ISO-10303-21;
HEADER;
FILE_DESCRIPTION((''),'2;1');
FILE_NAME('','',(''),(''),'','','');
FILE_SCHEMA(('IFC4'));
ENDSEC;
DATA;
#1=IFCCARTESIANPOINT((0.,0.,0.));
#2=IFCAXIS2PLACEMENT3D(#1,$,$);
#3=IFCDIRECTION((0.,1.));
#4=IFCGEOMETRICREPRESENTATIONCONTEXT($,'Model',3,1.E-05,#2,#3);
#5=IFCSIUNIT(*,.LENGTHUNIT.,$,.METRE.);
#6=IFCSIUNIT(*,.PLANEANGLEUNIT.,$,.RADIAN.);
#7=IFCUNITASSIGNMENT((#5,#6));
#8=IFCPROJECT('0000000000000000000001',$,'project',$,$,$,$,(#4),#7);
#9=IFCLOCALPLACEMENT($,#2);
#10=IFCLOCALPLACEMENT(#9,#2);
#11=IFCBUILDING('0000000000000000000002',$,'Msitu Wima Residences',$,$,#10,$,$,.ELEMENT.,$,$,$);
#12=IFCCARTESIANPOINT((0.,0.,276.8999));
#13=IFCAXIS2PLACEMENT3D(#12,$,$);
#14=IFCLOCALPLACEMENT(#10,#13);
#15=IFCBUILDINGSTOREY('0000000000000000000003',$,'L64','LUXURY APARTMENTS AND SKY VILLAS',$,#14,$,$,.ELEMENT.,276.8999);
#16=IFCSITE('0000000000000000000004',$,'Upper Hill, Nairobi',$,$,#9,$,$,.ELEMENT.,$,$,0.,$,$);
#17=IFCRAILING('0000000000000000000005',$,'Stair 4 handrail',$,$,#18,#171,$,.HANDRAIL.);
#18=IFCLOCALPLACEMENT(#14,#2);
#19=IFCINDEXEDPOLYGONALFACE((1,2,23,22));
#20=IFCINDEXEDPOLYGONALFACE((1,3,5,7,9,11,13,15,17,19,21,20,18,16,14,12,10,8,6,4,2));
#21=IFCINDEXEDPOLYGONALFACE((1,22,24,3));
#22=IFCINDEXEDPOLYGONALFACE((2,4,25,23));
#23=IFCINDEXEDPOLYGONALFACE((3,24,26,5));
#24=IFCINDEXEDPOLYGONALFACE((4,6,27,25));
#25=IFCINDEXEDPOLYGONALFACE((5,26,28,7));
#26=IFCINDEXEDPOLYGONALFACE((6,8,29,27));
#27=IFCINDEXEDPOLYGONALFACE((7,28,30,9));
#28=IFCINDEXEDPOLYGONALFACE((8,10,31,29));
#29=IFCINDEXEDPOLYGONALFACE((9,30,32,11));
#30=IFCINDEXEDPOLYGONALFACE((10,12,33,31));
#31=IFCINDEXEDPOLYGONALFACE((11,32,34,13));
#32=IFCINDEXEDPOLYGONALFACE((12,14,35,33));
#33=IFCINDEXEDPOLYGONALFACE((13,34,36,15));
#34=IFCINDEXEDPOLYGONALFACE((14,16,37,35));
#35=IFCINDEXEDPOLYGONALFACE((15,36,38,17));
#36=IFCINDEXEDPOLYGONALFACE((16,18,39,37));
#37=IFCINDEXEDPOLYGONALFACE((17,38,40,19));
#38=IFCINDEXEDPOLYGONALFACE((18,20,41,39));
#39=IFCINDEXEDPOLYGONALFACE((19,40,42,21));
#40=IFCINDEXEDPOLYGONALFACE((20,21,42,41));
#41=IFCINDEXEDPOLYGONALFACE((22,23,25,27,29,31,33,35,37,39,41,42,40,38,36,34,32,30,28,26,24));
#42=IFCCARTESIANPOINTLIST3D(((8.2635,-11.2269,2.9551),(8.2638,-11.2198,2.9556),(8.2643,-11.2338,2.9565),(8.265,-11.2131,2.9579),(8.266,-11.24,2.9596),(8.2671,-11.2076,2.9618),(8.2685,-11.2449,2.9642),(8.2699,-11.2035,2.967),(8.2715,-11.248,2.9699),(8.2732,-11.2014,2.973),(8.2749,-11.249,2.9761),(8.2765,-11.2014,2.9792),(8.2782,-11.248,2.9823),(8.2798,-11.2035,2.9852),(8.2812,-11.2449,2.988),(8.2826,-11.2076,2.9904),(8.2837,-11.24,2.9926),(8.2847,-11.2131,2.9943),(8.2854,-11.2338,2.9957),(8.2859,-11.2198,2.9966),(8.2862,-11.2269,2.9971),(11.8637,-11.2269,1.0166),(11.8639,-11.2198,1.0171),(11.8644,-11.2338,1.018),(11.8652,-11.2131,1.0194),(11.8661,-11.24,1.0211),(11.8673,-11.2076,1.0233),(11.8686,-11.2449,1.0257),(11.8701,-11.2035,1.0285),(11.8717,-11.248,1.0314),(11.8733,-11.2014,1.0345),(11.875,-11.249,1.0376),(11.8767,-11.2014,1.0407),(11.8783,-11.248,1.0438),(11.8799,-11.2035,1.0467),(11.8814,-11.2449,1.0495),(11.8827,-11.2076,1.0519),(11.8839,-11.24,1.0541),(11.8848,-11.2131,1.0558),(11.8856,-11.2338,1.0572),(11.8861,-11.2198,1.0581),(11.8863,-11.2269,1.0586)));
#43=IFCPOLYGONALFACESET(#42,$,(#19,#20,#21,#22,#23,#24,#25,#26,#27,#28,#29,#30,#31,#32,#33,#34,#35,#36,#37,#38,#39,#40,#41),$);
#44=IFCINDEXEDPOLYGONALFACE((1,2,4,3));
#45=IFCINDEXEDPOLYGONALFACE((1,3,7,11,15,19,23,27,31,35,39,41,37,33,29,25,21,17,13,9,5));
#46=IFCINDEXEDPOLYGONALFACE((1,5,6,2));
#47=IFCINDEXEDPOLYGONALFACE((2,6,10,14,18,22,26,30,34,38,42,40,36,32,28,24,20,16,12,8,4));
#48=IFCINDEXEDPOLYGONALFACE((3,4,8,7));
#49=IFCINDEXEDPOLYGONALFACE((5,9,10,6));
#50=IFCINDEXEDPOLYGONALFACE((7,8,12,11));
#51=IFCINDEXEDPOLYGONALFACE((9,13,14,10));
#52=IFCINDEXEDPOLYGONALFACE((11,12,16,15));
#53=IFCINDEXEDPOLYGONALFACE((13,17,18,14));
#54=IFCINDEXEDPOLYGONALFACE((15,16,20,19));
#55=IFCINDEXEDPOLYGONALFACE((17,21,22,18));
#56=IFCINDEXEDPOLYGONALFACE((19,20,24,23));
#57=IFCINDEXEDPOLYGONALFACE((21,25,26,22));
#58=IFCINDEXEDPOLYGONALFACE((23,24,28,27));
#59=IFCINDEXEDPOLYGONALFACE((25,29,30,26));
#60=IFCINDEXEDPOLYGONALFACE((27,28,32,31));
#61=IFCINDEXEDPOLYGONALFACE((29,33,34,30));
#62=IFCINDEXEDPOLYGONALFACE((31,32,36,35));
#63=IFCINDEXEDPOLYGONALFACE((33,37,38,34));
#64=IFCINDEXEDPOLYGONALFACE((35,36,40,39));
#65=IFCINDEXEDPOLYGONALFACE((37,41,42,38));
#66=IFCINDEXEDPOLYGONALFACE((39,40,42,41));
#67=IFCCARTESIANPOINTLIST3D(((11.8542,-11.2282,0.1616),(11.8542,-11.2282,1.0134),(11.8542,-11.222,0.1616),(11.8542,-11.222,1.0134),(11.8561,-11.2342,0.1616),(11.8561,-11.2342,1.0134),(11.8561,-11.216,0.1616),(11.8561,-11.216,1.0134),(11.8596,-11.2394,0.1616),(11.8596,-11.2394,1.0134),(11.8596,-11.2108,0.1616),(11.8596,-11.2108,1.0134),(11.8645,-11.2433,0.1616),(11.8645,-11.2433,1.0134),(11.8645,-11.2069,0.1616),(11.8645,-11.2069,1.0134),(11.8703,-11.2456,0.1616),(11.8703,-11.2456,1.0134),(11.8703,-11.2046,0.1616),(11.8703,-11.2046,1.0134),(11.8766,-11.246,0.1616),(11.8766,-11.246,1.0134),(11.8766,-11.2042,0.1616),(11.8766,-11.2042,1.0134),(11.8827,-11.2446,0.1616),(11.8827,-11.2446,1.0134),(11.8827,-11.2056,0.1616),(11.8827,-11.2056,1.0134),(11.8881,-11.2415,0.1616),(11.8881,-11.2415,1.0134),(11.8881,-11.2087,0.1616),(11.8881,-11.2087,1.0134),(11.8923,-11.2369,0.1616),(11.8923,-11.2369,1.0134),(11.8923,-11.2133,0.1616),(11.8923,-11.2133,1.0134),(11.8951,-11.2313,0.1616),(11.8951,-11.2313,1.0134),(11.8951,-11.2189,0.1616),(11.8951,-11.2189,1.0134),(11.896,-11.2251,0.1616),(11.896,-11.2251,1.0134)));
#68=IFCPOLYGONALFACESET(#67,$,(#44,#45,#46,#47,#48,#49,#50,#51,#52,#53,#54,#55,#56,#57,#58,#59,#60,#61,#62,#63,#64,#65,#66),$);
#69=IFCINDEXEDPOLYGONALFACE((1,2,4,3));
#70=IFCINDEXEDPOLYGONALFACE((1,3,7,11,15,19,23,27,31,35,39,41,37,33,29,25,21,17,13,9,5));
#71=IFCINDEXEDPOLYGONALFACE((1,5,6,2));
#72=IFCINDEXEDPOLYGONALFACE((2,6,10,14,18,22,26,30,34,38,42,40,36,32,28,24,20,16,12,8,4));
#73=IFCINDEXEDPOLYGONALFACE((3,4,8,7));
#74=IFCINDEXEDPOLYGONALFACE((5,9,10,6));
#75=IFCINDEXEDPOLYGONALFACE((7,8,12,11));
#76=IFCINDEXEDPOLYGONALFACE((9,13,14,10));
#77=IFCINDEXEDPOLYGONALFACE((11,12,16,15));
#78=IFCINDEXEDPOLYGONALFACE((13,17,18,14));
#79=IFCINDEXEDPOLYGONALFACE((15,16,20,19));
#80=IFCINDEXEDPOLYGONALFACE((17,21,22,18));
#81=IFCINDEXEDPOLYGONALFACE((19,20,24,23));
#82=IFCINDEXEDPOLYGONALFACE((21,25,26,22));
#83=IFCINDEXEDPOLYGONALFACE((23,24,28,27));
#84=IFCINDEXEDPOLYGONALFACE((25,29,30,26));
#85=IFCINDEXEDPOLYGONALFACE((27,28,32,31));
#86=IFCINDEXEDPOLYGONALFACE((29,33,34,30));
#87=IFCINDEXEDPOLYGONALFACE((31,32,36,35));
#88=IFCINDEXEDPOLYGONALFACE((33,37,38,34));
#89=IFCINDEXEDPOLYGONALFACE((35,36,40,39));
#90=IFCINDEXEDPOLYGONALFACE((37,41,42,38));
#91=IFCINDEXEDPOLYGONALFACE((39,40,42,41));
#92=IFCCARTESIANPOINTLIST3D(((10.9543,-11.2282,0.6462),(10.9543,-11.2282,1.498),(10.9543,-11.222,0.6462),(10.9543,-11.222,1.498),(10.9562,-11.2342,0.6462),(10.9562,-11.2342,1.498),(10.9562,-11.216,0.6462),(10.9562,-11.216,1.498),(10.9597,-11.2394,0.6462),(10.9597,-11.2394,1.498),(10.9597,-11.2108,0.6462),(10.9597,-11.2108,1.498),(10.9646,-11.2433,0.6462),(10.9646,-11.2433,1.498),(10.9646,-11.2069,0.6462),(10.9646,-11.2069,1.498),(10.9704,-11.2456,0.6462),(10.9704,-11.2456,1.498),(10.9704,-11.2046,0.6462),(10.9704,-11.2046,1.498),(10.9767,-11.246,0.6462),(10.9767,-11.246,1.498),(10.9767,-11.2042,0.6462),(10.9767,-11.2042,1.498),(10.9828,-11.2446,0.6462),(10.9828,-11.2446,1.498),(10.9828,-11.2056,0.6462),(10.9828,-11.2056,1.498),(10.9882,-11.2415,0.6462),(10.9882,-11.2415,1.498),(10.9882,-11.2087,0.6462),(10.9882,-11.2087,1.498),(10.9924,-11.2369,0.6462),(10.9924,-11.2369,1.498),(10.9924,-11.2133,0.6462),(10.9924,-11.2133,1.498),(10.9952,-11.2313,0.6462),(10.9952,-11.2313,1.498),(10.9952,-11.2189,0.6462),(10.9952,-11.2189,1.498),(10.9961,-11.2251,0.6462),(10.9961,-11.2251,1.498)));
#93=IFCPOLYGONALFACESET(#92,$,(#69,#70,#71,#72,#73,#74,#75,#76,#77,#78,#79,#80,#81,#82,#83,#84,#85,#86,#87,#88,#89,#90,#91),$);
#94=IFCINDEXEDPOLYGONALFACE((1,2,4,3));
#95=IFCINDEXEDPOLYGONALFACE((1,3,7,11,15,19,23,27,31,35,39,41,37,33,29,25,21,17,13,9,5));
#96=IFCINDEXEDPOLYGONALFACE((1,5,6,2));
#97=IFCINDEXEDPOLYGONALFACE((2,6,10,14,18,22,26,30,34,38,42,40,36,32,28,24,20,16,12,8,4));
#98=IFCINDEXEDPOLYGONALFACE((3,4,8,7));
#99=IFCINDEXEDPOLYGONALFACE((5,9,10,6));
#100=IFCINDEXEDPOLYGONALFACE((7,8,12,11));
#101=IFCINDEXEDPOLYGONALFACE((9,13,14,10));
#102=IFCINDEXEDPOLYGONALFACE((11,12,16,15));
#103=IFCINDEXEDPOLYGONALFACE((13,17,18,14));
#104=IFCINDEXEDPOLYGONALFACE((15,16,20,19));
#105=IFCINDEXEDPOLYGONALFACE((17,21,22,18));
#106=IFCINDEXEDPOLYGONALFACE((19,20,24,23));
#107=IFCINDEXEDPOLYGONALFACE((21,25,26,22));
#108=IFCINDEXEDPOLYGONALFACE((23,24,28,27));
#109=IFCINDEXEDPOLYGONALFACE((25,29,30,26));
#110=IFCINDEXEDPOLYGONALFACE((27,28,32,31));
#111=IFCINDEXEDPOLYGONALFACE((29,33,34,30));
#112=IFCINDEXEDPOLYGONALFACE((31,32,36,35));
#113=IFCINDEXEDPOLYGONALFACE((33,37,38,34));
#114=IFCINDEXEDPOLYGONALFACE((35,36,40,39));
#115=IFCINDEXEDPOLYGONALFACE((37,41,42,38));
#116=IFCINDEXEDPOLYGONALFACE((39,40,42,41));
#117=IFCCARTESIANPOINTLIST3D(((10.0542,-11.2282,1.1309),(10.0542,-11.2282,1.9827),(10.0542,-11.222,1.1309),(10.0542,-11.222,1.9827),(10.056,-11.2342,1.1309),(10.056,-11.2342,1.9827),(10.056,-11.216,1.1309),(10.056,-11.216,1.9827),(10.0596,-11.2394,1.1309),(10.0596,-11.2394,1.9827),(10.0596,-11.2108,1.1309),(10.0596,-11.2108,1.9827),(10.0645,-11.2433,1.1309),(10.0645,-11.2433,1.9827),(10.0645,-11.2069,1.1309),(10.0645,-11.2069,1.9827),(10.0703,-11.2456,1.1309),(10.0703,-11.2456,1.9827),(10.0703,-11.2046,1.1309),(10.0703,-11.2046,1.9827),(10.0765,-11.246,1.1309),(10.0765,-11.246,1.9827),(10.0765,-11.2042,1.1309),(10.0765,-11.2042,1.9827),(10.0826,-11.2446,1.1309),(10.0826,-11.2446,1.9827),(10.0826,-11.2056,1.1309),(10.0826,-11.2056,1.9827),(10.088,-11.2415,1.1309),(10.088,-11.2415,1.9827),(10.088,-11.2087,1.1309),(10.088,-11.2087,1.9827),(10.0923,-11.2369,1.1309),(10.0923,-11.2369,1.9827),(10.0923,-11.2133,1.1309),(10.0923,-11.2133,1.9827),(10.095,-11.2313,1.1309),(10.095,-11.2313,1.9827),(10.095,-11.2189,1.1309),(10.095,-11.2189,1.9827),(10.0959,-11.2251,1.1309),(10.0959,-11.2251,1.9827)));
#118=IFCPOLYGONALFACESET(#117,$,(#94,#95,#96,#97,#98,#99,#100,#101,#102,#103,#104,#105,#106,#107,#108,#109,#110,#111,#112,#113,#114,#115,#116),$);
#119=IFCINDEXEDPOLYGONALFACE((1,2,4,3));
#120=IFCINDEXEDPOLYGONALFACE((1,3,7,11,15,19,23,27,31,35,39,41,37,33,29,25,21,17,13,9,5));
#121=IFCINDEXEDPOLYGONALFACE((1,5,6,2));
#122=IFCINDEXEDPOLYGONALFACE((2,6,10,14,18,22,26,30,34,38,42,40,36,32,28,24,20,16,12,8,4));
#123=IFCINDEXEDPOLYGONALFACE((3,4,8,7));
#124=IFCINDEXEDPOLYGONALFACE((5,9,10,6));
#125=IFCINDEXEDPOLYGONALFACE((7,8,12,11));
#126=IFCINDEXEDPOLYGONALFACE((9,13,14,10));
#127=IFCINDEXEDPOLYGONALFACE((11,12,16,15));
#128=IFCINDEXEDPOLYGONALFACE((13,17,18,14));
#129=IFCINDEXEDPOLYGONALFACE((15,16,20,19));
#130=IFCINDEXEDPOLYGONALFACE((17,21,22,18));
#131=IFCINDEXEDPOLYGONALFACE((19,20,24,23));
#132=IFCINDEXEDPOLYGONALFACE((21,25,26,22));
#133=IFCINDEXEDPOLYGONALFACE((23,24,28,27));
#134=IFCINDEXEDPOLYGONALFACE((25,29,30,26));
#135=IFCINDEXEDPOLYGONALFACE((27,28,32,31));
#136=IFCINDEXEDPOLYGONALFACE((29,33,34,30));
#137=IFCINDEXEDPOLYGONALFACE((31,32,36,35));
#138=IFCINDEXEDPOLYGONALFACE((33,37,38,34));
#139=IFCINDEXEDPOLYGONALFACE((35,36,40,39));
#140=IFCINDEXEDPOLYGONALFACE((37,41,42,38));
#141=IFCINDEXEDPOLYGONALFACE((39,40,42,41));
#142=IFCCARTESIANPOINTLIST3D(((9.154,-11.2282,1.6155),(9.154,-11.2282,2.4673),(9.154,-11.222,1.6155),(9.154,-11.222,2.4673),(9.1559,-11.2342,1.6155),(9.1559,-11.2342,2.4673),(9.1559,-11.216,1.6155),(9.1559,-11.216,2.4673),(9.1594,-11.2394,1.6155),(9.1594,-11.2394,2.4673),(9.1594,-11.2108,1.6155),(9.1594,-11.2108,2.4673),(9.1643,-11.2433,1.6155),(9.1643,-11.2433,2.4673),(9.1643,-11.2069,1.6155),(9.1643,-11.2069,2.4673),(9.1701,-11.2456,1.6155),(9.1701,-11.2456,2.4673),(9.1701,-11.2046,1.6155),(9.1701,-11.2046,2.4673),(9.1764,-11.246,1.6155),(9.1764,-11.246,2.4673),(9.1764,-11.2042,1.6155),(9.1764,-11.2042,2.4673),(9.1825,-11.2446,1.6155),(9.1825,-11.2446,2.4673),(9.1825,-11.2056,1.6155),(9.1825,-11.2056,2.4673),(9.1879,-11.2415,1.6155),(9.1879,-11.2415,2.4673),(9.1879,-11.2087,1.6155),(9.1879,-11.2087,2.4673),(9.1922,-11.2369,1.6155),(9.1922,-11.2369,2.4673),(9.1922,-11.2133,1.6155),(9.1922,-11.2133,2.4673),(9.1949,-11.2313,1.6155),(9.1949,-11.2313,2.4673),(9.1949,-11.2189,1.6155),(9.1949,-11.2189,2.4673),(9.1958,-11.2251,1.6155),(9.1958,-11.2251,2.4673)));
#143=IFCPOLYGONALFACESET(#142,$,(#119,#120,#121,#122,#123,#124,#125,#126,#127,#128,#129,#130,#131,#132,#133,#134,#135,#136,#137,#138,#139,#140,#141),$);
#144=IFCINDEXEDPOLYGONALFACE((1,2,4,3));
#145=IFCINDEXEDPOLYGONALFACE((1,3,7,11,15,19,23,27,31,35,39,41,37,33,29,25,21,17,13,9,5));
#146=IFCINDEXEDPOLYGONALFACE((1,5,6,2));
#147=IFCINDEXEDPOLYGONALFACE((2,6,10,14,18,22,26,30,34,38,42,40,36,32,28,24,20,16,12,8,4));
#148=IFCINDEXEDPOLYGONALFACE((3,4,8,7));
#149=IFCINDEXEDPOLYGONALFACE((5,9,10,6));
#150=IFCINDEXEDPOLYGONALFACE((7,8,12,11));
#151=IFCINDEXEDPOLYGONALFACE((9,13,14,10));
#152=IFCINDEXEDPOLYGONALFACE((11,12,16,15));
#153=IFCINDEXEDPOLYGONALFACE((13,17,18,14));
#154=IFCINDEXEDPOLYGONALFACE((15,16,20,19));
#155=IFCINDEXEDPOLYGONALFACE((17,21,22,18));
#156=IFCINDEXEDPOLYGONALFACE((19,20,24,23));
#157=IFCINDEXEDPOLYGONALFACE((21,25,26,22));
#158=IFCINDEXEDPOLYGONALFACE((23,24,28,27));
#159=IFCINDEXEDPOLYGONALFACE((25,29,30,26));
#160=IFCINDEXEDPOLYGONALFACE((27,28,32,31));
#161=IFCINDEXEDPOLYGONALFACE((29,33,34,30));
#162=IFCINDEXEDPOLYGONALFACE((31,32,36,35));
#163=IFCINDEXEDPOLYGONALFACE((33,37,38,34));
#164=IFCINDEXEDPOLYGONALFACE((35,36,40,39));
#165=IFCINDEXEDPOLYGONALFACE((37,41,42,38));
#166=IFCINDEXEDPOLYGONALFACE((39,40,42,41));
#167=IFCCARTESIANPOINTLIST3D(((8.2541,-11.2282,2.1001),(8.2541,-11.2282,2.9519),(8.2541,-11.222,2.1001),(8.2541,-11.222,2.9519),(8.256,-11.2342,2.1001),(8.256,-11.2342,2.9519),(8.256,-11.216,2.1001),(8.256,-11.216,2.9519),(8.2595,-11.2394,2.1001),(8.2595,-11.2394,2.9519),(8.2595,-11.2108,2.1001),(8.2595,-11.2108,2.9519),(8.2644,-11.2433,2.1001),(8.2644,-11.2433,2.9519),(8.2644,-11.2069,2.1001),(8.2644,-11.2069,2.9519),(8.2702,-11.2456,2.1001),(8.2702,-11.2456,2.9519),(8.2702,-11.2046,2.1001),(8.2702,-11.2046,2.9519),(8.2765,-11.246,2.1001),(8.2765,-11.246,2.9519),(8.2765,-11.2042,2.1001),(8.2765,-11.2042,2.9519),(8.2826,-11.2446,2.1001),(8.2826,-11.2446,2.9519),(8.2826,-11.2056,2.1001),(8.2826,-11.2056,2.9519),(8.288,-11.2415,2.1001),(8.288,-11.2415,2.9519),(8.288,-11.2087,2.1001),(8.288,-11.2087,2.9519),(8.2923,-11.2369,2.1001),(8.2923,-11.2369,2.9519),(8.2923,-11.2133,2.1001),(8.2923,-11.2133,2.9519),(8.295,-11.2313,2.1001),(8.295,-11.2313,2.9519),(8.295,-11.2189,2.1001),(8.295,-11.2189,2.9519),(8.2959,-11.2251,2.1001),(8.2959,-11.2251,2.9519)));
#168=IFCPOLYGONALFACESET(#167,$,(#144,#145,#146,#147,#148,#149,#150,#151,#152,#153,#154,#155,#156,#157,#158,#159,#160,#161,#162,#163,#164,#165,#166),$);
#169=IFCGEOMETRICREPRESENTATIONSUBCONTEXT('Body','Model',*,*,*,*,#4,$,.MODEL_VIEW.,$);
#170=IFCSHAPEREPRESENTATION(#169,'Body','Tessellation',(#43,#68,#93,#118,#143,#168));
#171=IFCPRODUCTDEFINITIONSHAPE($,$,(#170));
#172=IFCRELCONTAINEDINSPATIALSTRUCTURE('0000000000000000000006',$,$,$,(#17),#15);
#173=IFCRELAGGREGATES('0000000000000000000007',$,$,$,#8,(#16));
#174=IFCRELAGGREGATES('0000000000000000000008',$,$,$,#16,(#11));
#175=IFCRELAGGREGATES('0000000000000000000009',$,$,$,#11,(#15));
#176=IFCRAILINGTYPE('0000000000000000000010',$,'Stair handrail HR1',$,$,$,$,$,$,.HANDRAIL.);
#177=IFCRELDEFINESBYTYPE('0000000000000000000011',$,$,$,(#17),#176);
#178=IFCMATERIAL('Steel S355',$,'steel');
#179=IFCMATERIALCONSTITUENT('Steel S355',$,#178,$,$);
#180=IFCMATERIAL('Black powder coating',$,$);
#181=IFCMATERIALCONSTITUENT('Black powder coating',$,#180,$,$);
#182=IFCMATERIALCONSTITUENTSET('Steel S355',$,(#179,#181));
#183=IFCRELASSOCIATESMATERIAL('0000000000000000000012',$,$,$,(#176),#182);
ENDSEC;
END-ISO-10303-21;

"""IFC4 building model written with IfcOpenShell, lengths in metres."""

from ifc_helpers import new_model, si_unit, direction, frame, origin, origin_2d, place, context, subcontext, project, spatial, circle, extrude, material, constituent, constituent_set, type_object, element, save


model = new_model("IFC4")

# Units and contexts
model_context = context("Model", 3, precision=1e-05, world=origin(), true_north=direction((0.0, 1.0)))
body_context = subcontext(model_context, "Body", "Model", "MODEL_VIEW")
ifc_project = project(units=[si_unit("LENGTHUNIT", "METRE"), si_unit("PLANEANGLEUNIT", "RADIAN")], contexts=[model_context])

# Site, building, storey
site_placement = place(None, origin())
site = spatial("IfcSite", under=ifc_project, at=site_placement, Name="Upper Hill, Nairobi", CompositionType="ELEMENT", RefElevation=0.0)
building_placement = place(site_placement, origin())
building = spatial("IfcBuilding", under=site, at=building_placement, Name="Msitu Wima Residences", CompositionType="ELEMENT")
storey_placement = place(building_placement, frame((0.0, 0.0, 276.8999)))
storey = spatial("IfcBuildingStorey", under=building, at=storey_placement, Name="L64", Description="LUXURY APARTMENTS AND SKY VILLAS", CompositionType="ELEMENT", Elevation=276.8999)

# Railing
ifc_material_1 = material(Name="Steel S355", Category="steel")
ifc_constituent_1 = constituent(ifc_material_1, Name="Steel S355")
ifc_material_2 = material(Name="Black powder coating")
ifc_constituent_2 = constituent(ifc_material_2, Name="Black powder coating")
ifc_constituent_set = constituent_set(constituents=[ifc_constituent_1, ifc_constituent_2], Name="Steel S355")
railing_type = type_object("IfcRailingType", Name="Stair handrail HR1", PredefinedType="HANDRAIL", material=ifc_constituent_set)
for number, where, name in (
    (1, (11.875, -11.2251, 0.1616), "Stair 4 handrail"),
):
    element("IfcRailing", number, at=place(storey_placement, frame(where)), inside=storey, type_object=railing_type, Name=name, PredefinedType="HANDRAIL", context=body_context, shape_type="SweptSolid", body=[
        extrude(circle(Radius=0.0239, at=origin_2d()), frame((0.0, 0.0, 0.876), z_axis=(-0.880475, 0.0, 0.474093), x_axis=(0.0, -1.0, 0.0)), (0.0, 0.0, 1.0), 4.0889),
        extrude(circle(Radius=0.021, at=origin_2d()), origin(), (0.0, 0.0, 1.0), 0.8518),
        extrude(circle(Radius=0.021, at=origin_2d()), frame((-0.8999, 0.0, 0.4846)), (0.0, 0.0, 1.0), 0.8518),
        extrude(circle(Radius=0.021, at=origin_2d()), frame((-1.8, 0.0, 0.9692)), (0.0, 0.0, 1.0), 0.8518),
        extrude(circle(Radius=0.021, at=origin_2d()), frame((-2.7002, 0.0, 1.4539)), (0.0, 0.0, 1.0), 0.8518),
        extrude(circle(Radius=0.021, at=origin_2d()), frame((-3.6001, 0.0, 1.9385)), (0.0, 0.0, 1.0), 0.8518),
    ])

save(model, "model.ifc")
